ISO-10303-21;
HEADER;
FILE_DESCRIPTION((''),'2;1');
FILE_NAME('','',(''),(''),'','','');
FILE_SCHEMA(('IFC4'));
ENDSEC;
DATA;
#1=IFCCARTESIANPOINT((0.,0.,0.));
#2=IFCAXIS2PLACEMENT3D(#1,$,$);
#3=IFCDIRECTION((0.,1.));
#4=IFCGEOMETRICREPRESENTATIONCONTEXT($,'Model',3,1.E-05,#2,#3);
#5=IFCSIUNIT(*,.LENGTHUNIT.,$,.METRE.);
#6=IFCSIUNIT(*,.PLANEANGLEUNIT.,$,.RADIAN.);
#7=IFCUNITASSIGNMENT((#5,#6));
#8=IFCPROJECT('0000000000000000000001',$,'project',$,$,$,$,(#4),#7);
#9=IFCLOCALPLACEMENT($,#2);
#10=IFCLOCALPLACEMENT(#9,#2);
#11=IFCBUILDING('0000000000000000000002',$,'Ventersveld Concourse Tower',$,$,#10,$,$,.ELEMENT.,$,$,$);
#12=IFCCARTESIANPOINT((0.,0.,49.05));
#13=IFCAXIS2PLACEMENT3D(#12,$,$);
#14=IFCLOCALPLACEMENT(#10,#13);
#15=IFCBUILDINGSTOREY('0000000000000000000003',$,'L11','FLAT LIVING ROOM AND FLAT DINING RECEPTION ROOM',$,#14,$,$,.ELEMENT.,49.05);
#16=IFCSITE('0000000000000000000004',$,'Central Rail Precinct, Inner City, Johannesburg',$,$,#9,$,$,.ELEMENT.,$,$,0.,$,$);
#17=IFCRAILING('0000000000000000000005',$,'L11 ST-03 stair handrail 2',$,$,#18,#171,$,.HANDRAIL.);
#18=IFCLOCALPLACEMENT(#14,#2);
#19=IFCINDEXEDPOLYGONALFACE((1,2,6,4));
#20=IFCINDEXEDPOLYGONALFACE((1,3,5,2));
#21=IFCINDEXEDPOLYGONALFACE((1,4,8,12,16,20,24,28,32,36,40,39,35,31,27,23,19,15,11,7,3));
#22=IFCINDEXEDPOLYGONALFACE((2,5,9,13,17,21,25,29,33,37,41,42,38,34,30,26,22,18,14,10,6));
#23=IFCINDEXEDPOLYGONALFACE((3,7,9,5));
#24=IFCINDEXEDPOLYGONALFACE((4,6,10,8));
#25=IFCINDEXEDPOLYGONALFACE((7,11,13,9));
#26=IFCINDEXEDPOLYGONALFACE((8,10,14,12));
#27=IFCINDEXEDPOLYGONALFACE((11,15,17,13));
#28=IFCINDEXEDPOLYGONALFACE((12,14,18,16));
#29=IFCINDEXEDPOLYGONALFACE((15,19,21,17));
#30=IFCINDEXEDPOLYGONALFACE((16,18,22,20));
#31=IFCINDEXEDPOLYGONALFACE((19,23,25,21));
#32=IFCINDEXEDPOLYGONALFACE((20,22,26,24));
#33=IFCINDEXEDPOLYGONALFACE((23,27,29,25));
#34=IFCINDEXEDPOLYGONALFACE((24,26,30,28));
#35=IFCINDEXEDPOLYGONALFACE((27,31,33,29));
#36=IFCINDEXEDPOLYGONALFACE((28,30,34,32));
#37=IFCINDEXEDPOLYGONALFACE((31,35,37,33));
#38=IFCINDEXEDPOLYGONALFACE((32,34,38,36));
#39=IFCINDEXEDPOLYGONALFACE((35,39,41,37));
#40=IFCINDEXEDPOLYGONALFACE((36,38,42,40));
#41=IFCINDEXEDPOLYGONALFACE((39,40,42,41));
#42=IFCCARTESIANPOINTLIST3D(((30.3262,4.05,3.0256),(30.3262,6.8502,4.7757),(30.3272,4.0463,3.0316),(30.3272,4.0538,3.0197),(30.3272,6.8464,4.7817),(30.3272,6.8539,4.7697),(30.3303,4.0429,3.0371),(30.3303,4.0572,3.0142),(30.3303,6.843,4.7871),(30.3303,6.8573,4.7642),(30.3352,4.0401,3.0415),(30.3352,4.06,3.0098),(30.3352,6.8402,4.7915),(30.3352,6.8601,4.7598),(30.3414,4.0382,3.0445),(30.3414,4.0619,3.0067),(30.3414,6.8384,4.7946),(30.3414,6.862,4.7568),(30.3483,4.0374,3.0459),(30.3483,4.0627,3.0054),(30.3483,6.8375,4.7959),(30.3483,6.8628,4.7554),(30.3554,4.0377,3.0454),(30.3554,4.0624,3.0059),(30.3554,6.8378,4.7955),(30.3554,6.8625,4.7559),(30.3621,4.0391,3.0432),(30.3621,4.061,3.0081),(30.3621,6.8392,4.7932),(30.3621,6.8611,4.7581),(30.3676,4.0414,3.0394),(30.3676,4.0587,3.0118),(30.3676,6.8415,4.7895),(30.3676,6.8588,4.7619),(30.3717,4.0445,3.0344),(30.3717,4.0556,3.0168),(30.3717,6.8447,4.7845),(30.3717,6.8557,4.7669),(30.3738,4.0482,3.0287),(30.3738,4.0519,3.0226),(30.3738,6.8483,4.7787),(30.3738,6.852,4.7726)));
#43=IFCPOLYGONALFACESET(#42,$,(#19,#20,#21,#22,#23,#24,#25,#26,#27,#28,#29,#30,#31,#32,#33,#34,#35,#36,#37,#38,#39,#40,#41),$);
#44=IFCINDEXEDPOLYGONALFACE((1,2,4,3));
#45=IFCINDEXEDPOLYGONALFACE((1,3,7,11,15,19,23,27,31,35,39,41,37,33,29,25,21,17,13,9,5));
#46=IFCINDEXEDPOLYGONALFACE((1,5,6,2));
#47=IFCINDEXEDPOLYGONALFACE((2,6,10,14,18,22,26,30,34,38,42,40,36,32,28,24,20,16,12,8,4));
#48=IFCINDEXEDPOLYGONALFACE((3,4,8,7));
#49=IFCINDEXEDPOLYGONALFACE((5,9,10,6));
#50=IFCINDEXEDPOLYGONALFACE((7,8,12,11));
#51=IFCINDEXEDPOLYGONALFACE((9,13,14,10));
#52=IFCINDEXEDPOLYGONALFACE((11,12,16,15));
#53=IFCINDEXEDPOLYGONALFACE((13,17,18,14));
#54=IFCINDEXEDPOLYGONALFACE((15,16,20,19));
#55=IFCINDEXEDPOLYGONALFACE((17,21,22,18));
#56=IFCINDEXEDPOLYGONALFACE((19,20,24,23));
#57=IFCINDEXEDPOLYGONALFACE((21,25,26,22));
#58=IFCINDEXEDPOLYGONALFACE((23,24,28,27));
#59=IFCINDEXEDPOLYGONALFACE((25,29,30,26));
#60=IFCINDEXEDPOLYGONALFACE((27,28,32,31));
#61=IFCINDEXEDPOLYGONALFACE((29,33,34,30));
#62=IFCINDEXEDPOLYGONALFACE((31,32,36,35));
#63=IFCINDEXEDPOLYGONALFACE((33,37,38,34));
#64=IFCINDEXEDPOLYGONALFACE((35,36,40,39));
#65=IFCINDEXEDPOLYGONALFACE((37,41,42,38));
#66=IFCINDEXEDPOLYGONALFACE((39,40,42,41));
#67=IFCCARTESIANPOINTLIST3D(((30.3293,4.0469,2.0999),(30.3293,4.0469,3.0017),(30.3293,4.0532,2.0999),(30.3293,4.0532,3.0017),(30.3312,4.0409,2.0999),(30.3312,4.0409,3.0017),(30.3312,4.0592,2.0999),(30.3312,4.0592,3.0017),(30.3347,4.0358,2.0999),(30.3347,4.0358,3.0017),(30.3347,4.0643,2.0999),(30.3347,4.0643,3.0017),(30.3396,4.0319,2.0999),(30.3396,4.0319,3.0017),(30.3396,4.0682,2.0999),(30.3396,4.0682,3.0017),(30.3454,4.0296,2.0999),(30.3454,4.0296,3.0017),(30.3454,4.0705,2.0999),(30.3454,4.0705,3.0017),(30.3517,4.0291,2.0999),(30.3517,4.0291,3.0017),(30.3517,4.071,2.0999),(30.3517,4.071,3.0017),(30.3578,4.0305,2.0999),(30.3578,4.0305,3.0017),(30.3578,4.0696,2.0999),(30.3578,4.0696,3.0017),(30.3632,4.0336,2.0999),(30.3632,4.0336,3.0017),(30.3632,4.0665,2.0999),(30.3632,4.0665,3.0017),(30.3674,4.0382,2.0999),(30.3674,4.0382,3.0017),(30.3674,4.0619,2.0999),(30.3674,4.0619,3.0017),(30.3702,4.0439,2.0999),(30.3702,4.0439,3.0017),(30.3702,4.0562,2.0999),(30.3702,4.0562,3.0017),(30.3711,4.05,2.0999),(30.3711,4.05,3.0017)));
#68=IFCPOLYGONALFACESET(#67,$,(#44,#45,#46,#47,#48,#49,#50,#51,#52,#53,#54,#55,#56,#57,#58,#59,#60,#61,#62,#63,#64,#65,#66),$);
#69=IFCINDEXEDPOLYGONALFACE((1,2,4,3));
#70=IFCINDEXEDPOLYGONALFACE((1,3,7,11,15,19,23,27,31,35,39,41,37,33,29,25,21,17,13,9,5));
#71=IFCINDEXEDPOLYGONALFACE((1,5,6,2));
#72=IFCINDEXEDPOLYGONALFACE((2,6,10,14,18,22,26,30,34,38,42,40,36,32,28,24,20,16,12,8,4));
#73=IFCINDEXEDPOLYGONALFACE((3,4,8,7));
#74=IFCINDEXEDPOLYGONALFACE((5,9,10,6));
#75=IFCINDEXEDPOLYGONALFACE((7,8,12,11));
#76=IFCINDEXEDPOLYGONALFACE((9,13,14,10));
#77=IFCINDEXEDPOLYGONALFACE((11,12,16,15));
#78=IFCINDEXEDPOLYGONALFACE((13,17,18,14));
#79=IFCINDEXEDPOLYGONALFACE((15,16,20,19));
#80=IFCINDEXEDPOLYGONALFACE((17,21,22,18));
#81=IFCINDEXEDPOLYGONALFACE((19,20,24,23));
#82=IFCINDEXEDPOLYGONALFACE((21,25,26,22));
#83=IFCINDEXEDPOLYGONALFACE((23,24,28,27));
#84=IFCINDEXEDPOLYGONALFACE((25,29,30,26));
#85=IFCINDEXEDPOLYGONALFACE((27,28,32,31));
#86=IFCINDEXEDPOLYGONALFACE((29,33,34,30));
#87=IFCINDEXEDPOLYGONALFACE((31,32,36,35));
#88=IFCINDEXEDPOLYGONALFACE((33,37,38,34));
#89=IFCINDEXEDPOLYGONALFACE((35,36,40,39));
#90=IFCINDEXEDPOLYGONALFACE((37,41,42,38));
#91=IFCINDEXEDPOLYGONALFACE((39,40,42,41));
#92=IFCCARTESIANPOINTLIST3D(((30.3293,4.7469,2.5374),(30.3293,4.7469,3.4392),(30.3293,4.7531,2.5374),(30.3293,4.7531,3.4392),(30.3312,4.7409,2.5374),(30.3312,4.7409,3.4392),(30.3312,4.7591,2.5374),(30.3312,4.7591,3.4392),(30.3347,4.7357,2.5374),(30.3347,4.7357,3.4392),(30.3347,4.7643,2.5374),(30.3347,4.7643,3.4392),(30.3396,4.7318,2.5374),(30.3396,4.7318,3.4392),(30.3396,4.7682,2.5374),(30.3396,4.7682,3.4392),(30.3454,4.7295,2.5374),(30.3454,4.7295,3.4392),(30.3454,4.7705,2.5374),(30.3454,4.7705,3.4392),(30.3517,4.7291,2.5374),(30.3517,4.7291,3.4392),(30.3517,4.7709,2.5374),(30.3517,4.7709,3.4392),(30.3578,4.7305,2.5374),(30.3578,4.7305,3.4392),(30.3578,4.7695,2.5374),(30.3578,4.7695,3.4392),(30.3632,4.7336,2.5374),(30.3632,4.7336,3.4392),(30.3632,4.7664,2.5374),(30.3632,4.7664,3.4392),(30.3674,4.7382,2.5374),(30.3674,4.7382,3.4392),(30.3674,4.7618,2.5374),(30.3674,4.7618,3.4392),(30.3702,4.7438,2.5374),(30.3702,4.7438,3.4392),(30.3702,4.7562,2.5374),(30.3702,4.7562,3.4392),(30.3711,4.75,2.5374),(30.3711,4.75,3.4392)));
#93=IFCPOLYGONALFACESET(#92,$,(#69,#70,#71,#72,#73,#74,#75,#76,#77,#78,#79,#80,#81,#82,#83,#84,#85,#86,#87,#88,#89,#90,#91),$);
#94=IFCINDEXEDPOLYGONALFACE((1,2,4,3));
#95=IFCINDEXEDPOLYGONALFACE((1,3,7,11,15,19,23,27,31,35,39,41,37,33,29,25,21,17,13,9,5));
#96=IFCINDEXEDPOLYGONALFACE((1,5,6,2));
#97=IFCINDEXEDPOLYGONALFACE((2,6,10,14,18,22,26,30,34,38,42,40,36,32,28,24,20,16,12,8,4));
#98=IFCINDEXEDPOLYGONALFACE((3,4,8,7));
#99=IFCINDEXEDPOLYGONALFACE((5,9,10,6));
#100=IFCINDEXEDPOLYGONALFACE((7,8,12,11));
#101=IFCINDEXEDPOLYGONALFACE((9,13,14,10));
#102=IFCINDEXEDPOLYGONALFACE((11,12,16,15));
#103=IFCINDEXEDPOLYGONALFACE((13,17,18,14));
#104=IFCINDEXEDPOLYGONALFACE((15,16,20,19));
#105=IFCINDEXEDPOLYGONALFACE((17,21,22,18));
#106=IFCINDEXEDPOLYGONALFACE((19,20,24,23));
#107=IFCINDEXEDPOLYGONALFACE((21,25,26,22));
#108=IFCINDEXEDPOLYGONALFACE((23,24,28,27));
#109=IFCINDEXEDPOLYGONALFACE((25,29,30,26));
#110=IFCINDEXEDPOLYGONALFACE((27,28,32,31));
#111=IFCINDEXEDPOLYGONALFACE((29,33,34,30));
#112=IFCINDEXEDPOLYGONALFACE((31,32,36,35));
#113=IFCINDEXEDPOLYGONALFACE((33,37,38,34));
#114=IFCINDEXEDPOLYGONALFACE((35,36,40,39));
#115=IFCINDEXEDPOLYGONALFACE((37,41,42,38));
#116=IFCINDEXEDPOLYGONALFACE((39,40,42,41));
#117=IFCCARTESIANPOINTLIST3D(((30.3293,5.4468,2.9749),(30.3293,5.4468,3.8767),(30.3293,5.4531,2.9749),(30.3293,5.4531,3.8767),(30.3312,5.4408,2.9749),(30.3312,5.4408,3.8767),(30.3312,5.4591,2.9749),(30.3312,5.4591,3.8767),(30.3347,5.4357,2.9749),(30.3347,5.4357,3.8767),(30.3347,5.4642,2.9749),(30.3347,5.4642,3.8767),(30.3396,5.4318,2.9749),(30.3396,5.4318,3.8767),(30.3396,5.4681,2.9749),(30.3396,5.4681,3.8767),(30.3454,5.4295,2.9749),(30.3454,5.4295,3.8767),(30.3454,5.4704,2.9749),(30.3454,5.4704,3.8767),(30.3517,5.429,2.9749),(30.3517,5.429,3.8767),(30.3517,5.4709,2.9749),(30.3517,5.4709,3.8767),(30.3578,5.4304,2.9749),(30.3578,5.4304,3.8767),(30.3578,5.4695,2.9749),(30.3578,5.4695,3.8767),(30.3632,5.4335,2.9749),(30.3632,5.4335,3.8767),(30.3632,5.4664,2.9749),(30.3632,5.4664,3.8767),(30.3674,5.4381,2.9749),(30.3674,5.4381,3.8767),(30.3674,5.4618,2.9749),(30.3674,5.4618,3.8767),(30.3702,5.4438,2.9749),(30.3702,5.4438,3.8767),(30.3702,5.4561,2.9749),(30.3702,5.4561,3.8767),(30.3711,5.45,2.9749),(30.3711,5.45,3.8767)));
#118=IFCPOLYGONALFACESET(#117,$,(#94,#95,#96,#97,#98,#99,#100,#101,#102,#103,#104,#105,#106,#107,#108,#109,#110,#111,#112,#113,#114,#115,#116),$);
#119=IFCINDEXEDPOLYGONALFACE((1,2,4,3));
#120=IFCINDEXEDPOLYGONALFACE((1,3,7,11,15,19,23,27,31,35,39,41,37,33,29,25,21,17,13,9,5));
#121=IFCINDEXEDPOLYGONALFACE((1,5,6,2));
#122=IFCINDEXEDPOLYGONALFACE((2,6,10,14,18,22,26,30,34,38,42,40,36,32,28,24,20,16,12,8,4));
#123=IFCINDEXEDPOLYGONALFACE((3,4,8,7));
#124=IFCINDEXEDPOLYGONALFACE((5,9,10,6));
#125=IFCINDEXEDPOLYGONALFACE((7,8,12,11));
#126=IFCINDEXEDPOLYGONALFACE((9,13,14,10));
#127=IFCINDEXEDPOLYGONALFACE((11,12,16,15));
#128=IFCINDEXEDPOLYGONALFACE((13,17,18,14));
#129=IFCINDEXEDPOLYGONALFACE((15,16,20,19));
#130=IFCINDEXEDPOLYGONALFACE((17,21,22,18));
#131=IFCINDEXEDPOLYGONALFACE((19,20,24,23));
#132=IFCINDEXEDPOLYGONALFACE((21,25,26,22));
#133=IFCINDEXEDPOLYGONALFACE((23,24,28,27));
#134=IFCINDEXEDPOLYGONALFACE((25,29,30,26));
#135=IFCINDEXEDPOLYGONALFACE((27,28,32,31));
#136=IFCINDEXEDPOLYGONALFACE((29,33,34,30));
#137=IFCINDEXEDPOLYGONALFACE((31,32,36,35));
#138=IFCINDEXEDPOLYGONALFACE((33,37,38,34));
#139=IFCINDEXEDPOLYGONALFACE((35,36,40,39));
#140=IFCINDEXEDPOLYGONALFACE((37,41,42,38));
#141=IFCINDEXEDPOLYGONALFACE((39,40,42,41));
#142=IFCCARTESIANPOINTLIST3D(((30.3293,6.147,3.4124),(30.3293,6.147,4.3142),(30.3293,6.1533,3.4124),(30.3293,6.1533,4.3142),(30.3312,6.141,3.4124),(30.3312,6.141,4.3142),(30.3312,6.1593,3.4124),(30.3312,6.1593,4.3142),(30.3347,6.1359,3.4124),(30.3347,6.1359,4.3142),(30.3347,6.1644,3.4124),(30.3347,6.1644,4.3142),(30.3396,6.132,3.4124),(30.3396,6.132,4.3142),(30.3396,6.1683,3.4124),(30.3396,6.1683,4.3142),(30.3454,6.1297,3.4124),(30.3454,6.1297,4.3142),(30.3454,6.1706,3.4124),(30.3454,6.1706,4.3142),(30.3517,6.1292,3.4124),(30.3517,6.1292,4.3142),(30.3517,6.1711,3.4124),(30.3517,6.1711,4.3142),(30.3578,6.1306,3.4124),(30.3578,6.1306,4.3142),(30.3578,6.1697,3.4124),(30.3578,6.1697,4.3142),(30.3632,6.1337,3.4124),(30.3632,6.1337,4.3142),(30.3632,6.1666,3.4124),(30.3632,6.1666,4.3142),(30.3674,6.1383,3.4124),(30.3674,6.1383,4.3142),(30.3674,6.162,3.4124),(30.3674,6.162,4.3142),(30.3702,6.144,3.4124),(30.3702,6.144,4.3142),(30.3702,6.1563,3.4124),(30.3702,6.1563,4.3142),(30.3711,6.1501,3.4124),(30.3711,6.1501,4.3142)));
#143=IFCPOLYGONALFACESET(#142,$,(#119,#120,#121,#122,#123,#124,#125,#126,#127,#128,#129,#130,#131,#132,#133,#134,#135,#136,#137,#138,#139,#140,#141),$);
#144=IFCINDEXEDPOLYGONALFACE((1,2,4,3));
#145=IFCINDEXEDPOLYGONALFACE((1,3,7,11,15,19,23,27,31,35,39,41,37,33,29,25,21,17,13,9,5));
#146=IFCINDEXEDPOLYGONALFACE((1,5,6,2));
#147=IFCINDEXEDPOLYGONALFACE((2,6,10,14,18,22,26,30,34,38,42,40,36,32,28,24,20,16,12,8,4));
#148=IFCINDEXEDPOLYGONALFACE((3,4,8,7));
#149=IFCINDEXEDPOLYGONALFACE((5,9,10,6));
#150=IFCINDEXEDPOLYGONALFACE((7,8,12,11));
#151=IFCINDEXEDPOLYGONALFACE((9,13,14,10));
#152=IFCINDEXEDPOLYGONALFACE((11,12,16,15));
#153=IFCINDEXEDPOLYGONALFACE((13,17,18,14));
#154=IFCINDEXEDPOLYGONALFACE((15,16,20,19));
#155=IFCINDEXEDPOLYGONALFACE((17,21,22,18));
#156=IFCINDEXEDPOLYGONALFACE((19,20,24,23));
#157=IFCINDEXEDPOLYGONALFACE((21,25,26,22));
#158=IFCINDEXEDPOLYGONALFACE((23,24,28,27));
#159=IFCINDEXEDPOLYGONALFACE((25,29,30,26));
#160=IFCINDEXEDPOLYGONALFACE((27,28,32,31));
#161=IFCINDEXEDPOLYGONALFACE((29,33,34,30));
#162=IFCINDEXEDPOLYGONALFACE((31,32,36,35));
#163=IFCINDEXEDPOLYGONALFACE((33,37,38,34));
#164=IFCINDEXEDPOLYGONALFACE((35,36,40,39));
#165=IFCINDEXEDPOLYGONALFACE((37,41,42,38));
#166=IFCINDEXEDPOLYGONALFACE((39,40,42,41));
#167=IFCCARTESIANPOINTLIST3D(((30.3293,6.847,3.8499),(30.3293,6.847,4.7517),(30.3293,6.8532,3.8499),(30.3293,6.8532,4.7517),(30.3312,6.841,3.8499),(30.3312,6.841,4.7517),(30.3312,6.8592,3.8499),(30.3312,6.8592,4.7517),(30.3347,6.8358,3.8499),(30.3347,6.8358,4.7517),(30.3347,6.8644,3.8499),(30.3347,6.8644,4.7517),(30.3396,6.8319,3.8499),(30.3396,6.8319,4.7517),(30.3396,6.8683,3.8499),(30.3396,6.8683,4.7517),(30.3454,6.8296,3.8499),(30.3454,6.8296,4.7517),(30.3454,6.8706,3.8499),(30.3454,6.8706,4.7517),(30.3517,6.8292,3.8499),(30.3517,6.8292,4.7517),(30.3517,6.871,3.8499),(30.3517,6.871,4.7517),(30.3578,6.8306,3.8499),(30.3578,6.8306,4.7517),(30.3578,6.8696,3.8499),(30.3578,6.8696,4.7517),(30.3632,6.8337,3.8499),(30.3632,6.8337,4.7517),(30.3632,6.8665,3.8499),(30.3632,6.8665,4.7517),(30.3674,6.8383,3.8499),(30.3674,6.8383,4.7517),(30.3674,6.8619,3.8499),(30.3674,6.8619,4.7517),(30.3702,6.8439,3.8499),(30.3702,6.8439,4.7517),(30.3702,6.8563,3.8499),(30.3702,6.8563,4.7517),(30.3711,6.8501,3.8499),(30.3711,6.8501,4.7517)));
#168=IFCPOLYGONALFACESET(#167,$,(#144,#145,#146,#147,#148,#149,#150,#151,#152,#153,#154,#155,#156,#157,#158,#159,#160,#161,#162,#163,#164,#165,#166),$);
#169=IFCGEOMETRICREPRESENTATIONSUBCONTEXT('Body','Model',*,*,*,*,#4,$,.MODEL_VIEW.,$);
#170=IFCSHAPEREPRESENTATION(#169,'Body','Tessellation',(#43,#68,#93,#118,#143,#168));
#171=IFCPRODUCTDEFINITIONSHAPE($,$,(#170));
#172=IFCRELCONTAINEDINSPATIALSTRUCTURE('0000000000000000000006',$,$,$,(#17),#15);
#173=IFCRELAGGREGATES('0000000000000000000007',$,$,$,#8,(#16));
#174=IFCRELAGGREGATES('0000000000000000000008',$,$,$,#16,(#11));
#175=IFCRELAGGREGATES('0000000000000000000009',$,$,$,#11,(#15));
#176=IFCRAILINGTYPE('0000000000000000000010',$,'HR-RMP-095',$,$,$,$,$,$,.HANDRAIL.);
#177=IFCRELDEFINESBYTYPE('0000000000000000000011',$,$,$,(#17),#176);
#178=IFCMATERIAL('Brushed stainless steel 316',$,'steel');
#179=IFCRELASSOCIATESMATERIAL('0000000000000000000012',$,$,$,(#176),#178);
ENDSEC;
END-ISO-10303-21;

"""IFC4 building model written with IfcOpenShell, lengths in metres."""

from ifc_helpers import new_model, si_unit, direction, frame, origin, origin_2d, place, context, subcontext, project, spatial, circle, extrude, material, type_object, element, save


model = new_model("IFC4")

# Units and contexts
model_context = context("Model", 3, precision=1e-05, world=origin(), true_north=direction((0.0, 1.0)))
body_context = subcontext(model_context, "Body", "Model", "MODEL_VIEW")
ifc_project = project(units=[si_unit("LENGTHUNIT", "METRE"), si_unit("PLANEANGLEUNIT", "RADIAN")], contexts=[model_context])

# Site, building, storey
site_placement = place(None, origin())
site = spatial("IfcSite", under=ifc_project, at=site_placement, Name="Central Rail Precinct, Inner City, Johannesburg", CompositionType="ELEMENT", RefElevation=0.0)
building_placement = place(site_placement, origin())
building = spatial("IfcBuilding", under=site, at=building_placement, Name="Ventersveld Concourse Tower", CompositionType="ELEMENT")
storey_placement = place(building_placement, frame((0.0, 0.0, 49.05)))
storey = spatial("IfcBuildingStorey", under=building, at=storey_placement, Name="L11", Description="FLAT LIVING ROOM AND FLAT DINING RECEPTION ROOM", CompositionType="ELEMENT", Elevation=49.05)

# Railing
ifc_material_1 = material(Name="Brushed stainless steel 316", Category="steel")
railing_type_1 = type_object("IfcRailingType", Name="HR-RMP-095", PredefinedType="HANDRAIL", material=ifc_material_1)
railing_1_placement = place(storey_placement, frame((30.3501, 4.05, 2.0999)))
element("IfcRailing", 1, at=railing_1_placement, inside=storey, type_object=railing_type_1, Name="L11 ST-03 stair handrail 2", PredefinedType="HANDRAIL", context=body_context, shape_type="SweptSolid", body=[
    extrude(circle(Radius=0.0239, at=origin_2d()), frame((0.0, 0.0, 0.9258), z_axis=(0.0, 0.848002, 0.529992), x_axis=(-1.0, 0.0, 0.0)), (0.0, 0.0, 1.0), 3.302),
    extrude(circle(Radius=0.021, at=origin_2d()), origin(), (0.0, 0.0, 1.0), 0.9019),
    extrude(circle(Radius=0.021, at=origin_2d()), frame((0.0, 0.7, 0.4375)), (0.0, 0.0, 1.0), 0.9019),
    extrude(circle(Radius=0.021, at=origin_2d()), frame((0.0, 1.3999, 0.875)), (0.0, 0.0, 1.0), 0.9019),
    extrude(circle(Radius=0.021, at=origin_2d()), frame((0.0, 2.1001, 1.3125)), (0.0, 0.0, 1.0), 0.9019),
    extrude(circle(Radius=0.021, at=origin_2d()), frame((0.0, 2.8, 1.75)), (0.0, 0.0, 1.0), 0.9019),
])

save(model, "model.ifc")
